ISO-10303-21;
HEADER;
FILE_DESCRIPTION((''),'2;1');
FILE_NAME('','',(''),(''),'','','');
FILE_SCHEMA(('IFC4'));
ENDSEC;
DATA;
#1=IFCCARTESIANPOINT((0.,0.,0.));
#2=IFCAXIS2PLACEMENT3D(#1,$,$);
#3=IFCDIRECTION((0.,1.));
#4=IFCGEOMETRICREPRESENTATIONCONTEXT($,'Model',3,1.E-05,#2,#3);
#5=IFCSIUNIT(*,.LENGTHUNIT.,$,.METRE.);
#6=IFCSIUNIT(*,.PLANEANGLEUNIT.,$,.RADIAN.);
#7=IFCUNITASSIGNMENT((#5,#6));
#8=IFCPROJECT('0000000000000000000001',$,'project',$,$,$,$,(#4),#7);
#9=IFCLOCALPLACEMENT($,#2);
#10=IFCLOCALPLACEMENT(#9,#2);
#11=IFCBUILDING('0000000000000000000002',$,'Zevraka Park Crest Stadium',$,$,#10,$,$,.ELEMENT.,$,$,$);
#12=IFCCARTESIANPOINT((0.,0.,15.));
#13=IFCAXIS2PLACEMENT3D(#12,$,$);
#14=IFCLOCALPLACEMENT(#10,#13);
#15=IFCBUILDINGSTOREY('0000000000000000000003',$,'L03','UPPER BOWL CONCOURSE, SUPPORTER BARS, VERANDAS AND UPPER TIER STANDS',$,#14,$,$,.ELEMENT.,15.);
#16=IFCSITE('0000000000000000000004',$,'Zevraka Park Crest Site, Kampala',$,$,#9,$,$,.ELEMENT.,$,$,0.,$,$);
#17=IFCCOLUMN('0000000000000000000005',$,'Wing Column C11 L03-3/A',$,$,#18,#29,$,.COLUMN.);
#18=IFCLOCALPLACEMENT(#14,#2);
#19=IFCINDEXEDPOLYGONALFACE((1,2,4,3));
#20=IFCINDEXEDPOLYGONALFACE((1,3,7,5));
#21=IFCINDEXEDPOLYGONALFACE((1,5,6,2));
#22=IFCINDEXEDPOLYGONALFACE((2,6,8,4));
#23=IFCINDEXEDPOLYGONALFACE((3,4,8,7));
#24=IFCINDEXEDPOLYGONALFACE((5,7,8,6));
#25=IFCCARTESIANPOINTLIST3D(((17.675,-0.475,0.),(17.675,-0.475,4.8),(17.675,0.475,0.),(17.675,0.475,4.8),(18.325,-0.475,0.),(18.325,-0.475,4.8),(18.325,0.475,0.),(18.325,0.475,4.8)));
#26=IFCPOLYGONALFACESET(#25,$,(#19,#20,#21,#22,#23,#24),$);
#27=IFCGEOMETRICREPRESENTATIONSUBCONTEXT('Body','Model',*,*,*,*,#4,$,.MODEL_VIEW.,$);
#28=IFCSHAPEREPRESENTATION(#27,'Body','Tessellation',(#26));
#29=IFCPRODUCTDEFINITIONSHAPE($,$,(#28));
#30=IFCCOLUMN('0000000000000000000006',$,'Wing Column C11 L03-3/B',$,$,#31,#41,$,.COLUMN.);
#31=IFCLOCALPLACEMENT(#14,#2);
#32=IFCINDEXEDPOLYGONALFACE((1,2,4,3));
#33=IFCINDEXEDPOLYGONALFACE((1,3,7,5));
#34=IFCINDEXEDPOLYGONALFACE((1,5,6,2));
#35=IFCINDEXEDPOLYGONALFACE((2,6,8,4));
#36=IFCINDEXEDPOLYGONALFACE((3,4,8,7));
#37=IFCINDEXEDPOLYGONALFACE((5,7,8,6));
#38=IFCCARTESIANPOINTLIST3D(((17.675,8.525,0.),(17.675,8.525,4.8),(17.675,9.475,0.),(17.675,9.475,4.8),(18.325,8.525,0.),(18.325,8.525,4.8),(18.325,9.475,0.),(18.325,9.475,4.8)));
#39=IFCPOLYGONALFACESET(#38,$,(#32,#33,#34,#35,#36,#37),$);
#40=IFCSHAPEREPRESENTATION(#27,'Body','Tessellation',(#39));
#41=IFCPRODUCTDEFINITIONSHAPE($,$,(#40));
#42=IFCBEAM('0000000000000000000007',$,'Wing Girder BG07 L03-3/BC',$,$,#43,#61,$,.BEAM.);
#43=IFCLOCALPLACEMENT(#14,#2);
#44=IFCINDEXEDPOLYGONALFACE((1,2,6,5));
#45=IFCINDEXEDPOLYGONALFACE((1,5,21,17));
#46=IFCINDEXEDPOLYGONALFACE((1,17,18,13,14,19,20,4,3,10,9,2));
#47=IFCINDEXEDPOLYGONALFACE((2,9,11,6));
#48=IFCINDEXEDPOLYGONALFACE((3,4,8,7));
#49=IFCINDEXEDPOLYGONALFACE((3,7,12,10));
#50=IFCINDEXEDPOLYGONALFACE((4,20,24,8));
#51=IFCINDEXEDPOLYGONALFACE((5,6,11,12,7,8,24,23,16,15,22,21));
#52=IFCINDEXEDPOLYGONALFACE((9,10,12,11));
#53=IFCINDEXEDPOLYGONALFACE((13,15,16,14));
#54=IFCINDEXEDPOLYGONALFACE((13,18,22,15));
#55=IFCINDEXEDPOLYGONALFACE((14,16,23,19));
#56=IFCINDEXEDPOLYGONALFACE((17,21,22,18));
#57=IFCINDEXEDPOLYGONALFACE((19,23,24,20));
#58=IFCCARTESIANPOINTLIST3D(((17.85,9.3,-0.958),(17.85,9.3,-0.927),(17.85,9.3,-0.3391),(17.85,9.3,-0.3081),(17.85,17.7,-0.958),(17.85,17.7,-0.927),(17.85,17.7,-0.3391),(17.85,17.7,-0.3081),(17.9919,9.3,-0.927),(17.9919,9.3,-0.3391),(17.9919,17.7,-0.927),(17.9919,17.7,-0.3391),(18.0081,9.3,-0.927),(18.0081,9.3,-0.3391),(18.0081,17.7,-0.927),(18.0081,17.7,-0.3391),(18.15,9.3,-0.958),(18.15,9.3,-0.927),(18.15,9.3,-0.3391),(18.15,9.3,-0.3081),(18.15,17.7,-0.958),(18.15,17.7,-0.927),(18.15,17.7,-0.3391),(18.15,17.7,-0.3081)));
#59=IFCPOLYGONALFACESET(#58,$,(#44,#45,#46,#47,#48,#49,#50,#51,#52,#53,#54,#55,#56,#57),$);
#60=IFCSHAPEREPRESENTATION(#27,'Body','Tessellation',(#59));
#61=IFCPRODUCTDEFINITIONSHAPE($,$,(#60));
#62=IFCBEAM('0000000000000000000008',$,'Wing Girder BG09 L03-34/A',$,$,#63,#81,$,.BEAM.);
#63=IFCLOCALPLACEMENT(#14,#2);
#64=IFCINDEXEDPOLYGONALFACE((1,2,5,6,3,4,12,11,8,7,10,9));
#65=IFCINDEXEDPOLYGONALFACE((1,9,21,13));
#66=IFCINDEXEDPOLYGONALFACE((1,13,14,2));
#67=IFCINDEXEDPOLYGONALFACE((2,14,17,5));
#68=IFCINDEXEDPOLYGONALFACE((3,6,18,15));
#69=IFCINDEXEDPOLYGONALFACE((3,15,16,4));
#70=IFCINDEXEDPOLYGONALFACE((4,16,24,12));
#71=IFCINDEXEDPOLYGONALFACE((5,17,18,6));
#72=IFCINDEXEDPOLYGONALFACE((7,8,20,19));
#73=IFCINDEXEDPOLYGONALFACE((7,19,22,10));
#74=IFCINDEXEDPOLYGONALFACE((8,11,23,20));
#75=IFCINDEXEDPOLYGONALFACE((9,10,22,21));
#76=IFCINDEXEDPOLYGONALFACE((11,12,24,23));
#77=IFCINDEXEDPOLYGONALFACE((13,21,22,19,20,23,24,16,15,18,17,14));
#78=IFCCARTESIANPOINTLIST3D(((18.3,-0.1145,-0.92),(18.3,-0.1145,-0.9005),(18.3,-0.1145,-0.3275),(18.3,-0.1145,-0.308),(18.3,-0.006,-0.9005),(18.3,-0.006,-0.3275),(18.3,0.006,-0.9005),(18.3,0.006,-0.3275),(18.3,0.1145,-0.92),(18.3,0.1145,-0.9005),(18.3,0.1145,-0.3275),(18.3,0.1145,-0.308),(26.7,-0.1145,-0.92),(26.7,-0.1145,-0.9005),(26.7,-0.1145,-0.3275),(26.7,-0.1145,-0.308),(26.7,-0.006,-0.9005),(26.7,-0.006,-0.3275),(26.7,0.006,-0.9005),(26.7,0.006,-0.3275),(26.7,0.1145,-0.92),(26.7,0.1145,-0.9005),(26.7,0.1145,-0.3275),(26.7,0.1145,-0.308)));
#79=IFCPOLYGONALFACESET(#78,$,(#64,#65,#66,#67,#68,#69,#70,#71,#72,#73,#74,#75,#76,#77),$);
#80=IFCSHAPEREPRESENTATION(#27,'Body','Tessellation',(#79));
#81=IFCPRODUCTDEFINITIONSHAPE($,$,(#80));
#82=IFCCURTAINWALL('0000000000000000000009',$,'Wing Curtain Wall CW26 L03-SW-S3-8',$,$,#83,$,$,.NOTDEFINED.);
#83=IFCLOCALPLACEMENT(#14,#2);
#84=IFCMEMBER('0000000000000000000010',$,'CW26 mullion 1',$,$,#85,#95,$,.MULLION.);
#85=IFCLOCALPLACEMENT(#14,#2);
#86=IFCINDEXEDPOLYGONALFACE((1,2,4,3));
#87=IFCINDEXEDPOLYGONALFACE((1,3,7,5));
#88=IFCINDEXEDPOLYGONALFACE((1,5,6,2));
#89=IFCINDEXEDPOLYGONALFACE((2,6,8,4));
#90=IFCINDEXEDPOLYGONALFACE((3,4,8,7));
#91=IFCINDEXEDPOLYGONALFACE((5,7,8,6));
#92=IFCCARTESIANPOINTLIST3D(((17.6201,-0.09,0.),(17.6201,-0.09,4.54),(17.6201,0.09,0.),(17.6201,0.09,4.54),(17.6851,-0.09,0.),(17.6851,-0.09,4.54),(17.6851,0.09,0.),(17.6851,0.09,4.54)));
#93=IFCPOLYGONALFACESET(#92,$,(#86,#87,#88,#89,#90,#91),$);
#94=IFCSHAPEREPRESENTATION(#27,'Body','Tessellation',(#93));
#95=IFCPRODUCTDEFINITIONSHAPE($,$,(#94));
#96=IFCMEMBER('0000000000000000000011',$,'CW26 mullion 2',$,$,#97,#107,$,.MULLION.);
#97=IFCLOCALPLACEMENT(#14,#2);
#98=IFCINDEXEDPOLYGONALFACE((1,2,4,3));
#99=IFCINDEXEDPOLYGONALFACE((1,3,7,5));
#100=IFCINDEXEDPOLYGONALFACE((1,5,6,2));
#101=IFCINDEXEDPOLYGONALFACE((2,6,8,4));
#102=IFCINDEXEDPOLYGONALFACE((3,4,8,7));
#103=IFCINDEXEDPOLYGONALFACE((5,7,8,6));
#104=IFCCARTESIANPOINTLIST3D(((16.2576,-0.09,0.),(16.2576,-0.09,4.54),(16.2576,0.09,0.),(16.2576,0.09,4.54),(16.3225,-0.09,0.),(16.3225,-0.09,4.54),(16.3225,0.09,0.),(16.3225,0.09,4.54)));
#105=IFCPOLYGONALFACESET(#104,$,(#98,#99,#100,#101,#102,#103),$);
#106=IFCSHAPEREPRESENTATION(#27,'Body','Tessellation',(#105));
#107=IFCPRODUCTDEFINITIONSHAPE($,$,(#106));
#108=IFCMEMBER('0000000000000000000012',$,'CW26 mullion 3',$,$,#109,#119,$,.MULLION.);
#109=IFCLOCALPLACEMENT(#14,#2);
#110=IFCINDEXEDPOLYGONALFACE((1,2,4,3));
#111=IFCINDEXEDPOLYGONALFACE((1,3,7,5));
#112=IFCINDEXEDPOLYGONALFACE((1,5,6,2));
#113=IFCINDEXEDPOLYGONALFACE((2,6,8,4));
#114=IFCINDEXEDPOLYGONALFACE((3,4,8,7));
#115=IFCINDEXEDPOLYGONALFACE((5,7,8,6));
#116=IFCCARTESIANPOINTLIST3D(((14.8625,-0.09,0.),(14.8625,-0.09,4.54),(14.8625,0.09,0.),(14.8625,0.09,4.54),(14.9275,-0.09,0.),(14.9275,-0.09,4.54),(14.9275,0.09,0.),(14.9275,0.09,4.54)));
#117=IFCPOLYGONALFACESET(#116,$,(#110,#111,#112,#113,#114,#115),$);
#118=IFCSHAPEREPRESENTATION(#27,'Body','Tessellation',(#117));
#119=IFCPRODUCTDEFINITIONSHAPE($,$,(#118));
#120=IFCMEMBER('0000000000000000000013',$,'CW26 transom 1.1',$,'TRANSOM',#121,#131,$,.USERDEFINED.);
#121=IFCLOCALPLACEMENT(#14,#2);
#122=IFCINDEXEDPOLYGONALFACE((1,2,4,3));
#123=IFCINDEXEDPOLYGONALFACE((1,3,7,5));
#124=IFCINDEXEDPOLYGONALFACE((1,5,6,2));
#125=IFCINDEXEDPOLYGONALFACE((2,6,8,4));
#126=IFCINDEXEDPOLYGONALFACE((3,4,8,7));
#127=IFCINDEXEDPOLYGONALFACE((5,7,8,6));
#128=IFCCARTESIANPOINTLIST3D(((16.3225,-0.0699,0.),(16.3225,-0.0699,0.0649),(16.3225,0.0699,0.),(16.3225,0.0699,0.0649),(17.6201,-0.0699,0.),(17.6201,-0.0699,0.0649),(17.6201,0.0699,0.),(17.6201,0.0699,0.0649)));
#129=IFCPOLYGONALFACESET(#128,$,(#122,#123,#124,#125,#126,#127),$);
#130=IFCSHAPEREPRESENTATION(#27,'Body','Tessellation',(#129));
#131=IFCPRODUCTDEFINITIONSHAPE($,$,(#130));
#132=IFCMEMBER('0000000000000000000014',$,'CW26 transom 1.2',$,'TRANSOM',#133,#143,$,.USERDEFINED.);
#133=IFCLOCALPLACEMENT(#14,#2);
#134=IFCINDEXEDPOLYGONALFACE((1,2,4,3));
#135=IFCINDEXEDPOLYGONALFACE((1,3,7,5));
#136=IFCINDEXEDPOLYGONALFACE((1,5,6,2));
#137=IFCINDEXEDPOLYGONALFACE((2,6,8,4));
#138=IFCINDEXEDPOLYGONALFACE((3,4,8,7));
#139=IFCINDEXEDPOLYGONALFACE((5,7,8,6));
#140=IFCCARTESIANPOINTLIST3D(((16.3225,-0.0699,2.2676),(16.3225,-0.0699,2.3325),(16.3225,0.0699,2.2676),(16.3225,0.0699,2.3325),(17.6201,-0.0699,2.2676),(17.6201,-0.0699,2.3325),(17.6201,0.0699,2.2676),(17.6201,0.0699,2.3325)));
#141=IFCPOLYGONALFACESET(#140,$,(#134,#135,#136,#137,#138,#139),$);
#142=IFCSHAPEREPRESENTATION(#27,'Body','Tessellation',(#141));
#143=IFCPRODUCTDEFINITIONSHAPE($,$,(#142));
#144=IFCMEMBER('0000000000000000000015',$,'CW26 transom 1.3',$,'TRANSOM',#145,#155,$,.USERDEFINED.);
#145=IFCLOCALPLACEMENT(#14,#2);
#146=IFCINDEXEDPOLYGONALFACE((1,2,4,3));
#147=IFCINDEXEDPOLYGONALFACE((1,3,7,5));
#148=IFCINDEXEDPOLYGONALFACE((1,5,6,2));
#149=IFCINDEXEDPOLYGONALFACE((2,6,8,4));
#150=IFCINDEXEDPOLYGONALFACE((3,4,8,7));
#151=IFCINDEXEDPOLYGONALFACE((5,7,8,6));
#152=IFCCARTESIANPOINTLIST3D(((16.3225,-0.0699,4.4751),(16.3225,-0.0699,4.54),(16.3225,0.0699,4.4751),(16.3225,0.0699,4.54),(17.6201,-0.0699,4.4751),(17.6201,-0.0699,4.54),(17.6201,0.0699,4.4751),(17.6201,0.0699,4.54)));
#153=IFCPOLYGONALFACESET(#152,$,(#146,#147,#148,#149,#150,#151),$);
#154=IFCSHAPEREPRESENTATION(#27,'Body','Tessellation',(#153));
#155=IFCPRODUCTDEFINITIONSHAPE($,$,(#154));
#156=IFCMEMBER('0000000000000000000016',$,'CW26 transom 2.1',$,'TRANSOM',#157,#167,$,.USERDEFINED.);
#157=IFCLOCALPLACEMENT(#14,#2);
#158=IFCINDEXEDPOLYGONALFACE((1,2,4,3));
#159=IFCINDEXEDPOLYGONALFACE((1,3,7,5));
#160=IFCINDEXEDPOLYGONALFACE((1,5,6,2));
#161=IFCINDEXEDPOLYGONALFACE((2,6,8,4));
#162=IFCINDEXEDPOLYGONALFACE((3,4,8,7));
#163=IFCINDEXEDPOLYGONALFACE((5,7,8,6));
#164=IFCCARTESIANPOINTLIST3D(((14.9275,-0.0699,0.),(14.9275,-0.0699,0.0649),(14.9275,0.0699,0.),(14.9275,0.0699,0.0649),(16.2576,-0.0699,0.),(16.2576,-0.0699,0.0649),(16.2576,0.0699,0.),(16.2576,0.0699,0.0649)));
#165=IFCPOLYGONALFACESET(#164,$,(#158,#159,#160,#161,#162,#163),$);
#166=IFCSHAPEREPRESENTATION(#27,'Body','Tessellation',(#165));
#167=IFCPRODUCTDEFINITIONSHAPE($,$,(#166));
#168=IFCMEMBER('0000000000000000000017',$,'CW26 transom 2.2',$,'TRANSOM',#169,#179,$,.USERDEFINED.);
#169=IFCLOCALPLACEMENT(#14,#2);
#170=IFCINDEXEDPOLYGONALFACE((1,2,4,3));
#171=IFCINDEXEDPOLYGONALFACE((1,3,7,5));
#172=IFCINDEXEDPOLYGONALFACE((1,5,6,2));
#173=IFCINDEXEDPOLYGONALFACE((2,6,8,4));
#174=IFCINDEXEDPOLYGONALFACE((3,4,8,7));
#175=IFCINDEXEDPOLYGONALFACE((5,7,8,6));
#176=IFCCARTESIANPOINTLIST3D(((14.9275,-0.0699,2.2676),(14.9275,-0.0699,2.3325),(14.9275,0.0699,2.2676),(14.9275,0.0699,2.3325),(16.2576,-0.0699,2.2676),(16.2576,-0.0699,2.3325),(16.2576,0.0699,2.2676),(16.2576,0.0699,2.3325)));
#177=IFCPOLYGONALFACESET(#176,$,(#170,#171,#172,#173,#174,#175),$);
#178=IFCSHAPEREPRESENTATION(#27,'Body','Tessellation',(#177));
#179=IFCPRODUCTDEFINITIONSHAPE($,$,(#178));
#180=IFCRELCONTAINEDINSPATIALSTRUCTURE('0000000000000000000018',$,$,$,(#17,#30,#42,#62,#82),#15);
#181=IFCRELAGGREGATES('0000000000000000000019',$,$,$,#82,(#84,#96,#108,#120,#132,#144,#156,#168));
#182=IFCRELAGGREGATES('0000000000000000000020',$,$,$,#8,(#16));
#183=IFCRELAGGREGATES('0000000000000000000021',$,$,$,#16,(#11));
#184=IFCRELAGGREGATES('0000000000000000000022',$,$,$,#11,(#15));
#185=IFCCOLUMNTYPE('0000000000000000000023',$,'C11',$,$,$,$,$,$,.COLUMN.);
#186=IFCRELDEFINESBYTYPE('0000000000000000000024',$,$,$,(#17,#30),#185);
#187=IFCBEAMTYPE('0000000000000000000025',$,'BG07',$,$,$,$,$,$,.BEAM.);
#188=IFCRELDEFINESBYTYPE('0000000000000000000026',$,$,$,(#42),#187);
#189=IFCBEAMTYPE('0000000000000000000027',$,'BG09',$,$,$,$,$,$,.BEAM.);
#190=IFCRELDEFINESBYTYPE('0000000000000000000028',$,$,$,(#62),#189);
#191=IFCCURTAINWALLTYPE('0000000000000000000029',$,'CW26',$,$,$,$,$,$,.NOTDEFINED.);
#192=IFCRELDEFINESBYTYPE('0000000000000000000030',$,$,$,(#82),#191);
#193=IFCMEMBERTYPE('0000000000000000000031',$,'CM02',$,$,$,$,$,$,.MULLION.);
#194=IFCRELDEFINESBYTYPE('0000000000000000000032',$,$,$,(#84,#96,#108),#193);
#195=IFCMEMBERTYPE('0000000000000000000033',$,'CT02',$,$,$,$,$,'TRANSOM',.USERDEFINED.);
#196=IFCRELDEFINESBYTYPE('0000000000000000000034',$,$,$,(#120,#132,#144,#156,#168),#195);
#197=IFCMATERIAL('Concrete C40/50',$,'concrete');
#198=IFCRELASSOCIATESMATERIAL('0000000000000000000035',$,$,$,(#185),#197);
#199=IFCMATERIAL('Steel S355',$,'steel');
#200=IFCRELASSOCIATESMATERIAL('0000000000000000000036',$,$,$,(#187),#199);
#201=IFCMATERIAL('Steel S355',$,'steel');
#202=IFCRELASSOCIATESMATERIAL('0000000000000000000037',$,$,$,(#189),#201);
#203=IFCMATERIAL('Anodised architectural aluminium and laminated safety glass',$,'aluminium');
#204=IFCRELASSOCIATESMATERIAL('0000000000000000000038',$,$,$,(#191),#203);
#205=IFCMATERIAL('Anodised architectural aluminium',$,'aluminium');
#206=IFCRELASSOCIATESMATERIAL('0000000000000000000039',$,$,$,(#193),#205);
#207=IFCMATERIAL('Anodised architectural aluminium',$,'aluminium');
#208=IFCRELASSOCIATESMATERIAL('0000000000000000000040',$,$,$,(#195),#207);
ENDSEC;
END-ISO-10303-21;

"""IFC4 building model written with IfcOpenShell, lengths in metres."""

from ifc_helpers import new_model, si_unit, direction, frame, origin, origin_2d, place, context, subcontext, project, spatial, rectangle, i_section, extrude, material, material_profile, profile_set, type_object, element, aggregate, save


model = new_model("IFC4")

# Units and contexts
model_context = context("Model", 3, precision=1e-05, world=origin(), true_north=direction((0.0, 1.0)))
body_context = subcontext(model_context, "Body", "Model", "MODEL_VIEW")
ifc_project = project(units=[si_unit("LENGTHUNIT", "METRE"), si_unit("PLANEANGLEUNIT", "RADIAN")], contexts=[model_context])

# Site, building, storey
site_placement = place(None, origin())
site = spatial("IfcSite", under=ifc_project, at=site_placement, Name="Zevraka Park Crest Site, Kampala", CompositionType="ELEMENT", RefElevation=0.0)
building_placement = place(site_placement, origin())
building = spatial("IfcBuilding", under=site, at=building_placement, Name="Zevraka Park Crest Stadium", CompositionType="ELEMENT")
storey_placement = place(building_placement, frame((0.0, 0.0, 15.0)))
storey = spatial("IfcBuildingStorey", under=building, at=storey_placement, Name="L03", Description="UPPER BOWL CONCOURSE, SUPPORTER BARS, VERANDAS AND UPPER TIER STANDS", CompositionType="ELEMENT", Elevation=15.0)

# Columns
ifc_material_1 = material(Name="Concrete C40/50", Category="concrete")
ifc_material_profile_1 = material_profile(ifc_material_1, rectangle(XDim=0.6499, YDim=0.95, at=origin_2d()), Name="RC 950x650")
ifc_profile_set_1 = profile_set([ifc_material_profile_1], Name="Concrete C40/50")
column_type = type_object("IfcColumnType", Name="C11", PredefinedType="COLUMN", material=ifc_profile_set_1)
for number, where, z_axis, x_axis, name in (
    (1, (18.0, 0.0, 0.0), (0.0, 0.0, 1.0), (1.0, 0.0, 0.0), "Wing Column C11 L03-3/A"),
    (2, (18.0, 9.0, 0.0), (0.0, 0.0, 1.0), (1.0, 0.0, 0.0), "Wing Column C11 L03-3/B"),
):
    element("IfcColumn", number, at=place(storey_placement, frame(where, z_axis=z_axis, x_axis=x_axis)), inside=storey, type_object=column_type, Name=name, PredefinedType="COLUMN", context=body_context, shape_type="SweptSolid", body=[
        extrude(rectangle(XDim=0.6499, YDim=0.95, at=origin_2d()), origin(), (0.0, 0.0, 1.0), 4.8),
    ])

# Beams
ifc_material_2 = material(Name="Steel S355", Category="steel")
ifc_material_profile_2 = material_profile(ifc_material_2, i_section(OverallWidth=0.3, OverallDepth=0.6499, WebThickness=0.0161, FlangeThickness=0.031, at=origin_2d()), Name="HEB 650")
ifc_profile_set_2 = profile_set([ifc_material_profile_2], Name="Steel S355")
beam_type_1 = type_object("IfcBeamType", Name="BG07", PredefinedType="BEAM", material=ifc_profile_set_2)
beam_1_placement = place(storey_placement, frame((18.0, 9.3, -0.6331), z_axis=(0.0, 1.0, 0.0), x_axis=(-1.0, 0.0, 0.0)))
element("IfcBeam", 3, at=beam_1_placement, inside=storey, type_object=beam_type_1, Name="Wing Girder BG07 L03-3/BC", PredefinedType="BEAM", context=body_context, shape_type="SweptSolid", body=[
    extrude(i_section(OverallWidth=0.3, OverallDepth=0.6499, WebThickness=0.0161, FlangeThickness=0.031, at=origin_2d()), origin(), (0.0, 0.0, 1.0), 8.3999),
])
ifc_material_3 = material(Name="Steel S355", Category="steel")
ifc_material_profile_3 = material_profile(ifc_material_3, i_section(OverallWidth=0.229, OverallDepth=0.6121, WebThickness=0.012, FlangeThickness=0.0195, at=origin_2d()), Name="UKB 610x229x125")
ifc_profile_set_3 = profile_set([ifc_material_profile_3], Name="Steel S355")
beam_type_2 = type_object("IfcBeamType", Name="BG09", PredefinedType="BEAM", material=ifc_profile_set_3)
beam_2_placement = place(storey_placement, frame((18.3, 0.0, -0.614), z_axis=(1.0, 0.0, 0.0), x_axis=(0.0, 1.0, 0.0)))
element("IfcBeam", 4, at=beam_2_placement, inside=storey, type_object=beam_type_2, Name="Wing Girder BG09 L03-34/A", PredefinedType="BEAM", context=body_context, shape_type="SweptSolid", body=[
    extrude(i_section(OverallWidth=0.229, OverallDepth=0.6121, WebThickness=0.012, FlangeThickness=0.0195, at=origin_2d()), origin(), (0.0, 0.0, 1.0), 8.3999),
])

# Curtain wall, members
ifc_material_4 = material(Name="Anodised architectural aluminium and laminated safety glass", Category="aluminium")
curtain_wall_type = type_object("IfcCurtainWallType", Name="CW26", PredefinedType="NOTDEFINED", material=ifc_material_4)
curtain_wall_placement = place(storey_placement, origin())
curtain_wall = element("IfcCurtainWall", 5, at=curtain_wall_placement, inside=storey, type_object=curtain_wall_type, Name="Wing Curtain Wall CW26 L03-SW-S3-8", PredefinedType="NOTDEFINED")
ifc_material_5 = material(Name="Anodised architectural aluminium", Category="aluminium")
ifc_material_profile_4 = material_profile(ifc_material_5, rectangle(XDim=0.1799, YDim=0.0649, at=origin_2d()), Name="ALU MULLION 180x65")
ifc_profile_set_4 = profile_set([ifc_material_profile_4], Name="Anodised architectural aluminium")
member_type_1 = type_object("IfcMemberType", Name="CM02", PredefinedType="MULLION", material=ifc_profile_set_4)
member_1_placement = place(storey_placement, frame((17.6526, 0.0, 0.0), z_axis=(0.0, 0.0, 1.0), x_axis=(0.0, -1.0, 0.0)))
member_1 = element("IfcMember", 6, at=member_1_placement, type_object=member_type_1, Name="CW26 mullion 1", PredefinedType="MULLION", context=body_context, shape_type="SweptSolid", body=[
    extrude(rectangle(XDim=0.1799, YDim=0.0649, at=origin_2d()), origin(), (0.0, 0.0, 1.0), 4.54),
])
member_2_placement = place(storey_placement, frame((16.29, 0.0, 0.0), z_axis=(0.0, 0.0, 1.0), x_axis=(0.0, -1.0, 0.0)))
member_2 = element("IfcMember", 7, at=member_2_placement, type_object=member_type_1, Name="CW26 mullion 2", PredefinedType="MULLION", context=body_context, shape_type="SweptSolid", body=[
    extrude(rectangle(XDim=0.1799, YDim=0.0649, at=origin_2d()), origin(), (0.0, 0.0, 1.0), 4.54),
])
member_3_placement = place(storey_placement, frame((14.895, 0.0, 0.0), z_axis=(0.0, 0.0, 1.0), x_axis=(0.0, -1.0, 0.0)))
member_3 = element("IfcMember", 8, at=member_3_placement, type_object=member_type_1, Name="CW26 mullion 3", PredefinedType="MULLION", context=body_context, shape_type="SweptSolid", body=[
    extrude(rectangle(XDim=0.1799, YDim=0.0649, at=origin_2d()), origin(), (0.0, 0.0, 1.0), 4.54),
])
ifc_material_6 = material(Name="Anodised architectural aluminium", Category="aluminium")
ifc_material_profile_5 = material_profile(ifc_material_6, rectangle(XDim=0.1399, YDim=0.0649, at=origin_2d()), Name="ALU TRANSOM 140x65")
ifc_profile_set_5 = profile_set([ifc_material_profile_5], Name="Anodised architectural aluminium")
member_type_2 = type_object("IfcMemberType", Name="CT02", ElementType="TRANSOM", PredefinedType="USERDEFINED", material=ifc_profile_set_5)
member_4_placement = place(storey_placement, frame((17.6201, 0.0, 0.0325), z_axis=(-1.0, 0.0, 0.0), x_axis=(0.0, -1.0, 0.0)))
member_4 = element("IfcMember", 9, at=member_4_placement, type_object=member_type_2, Name="CW26 transom 1.1", ObjectType="TRANSOM", PredefinedType="USERDEFINED", context=body_context, shape_type="SweptSolid", body=[
    extrude(rectangle(XDim=0.1399, YDim=0.0649, at=origin_2d()), origin(), (0.0, 0.0, 1.0), 1.2976),
])
member_5_placement = place(storey_placement, frame((17.6201, 0.0, 2.3), z_axis=(-1.0, 0.0, 0.0), x_axis=(0.0, -1.0, 0.0)))
member_5 = element("IfcMember", 10, at=member_5_placement, type_object=member_type_2, Name="CW26 transom 1.2", ObjectType="TRANSOM", PredefinedType="USERDEFINED", context=body_context, shape_type="SweptSolid", body=[
    extrude(rectangle(XDim=0.1399, YDim=0.0649, at=origin_2d()), origin(), (0.0, 0.0, 1.0), 1.2976),
])
member_6_placement = place(storey_placement, frame((17.6201, 0.0, 4.5076), z_axis=(-1.0, 0.0, 0.0), x_axis=(0.0, -1.0, 0.0)))
member_6 = element("IfcMember", 11, at=member_6_placement, type_object=member_type_2, Name="CW26 transom 1.3", ObjectType="TRANSOM", PredefinedType="USERDEFINED", context=body_context, shape_type="SweptSolid", body=[
    extrude(rectangle(XDim=0.1399, YDim=0.0649, at=origin_2d()), origin(), (0.0, 0.0, 1.0), 1.2976),
])
member_7_placement = place(storey_placement, frame((16.2576, 0.0, 0.0325), z_axis=(-1.0, 0.0, 0.0), x_axis=(0.0, -1.0, 0.0)))
member_7 = element("IfcMember", 12, at=member_7_placement, type_object=member_type_2, Name="CW26 transom 2.1", ObjectType="TRANSOM", PredefinedType="USERDEFINED", context=body_context, shape_type="SweptSolid", body=[
    extrude(rectangle(XDim=0.1399, YDim=0.0649, at=origin_2d()), origin(), (0.0, 0.0, 1.0), 1.3301),
])
member_8_placement = place(storey_placement, frame((16.2576, 0.0, 2.3), z_axis=(-1.0, 0.0, 0.0), x_axis=(0.0, -1.0, 0.0)))
member_8 = element("IfcMember", 13, at=member_8_placement, type_object=member_type_2, Name="CW26 transom 2.2", ObjectType="TRANSOM", PredefinedType="USERDEFINED", context=body_context, shape_type="SweptSolid", body=[
    extrude(rectangle(XDim=0.1399, YDim=0.0649, at=origin_2d()), origin(), (0.0, 0.0, 1.0), 1.3301),
])
aggregate(curtain_wall, [member_1, member_2, member_3, member_4, member_5, member_6, member_7, member_8])

save(model, "model.ifc")
